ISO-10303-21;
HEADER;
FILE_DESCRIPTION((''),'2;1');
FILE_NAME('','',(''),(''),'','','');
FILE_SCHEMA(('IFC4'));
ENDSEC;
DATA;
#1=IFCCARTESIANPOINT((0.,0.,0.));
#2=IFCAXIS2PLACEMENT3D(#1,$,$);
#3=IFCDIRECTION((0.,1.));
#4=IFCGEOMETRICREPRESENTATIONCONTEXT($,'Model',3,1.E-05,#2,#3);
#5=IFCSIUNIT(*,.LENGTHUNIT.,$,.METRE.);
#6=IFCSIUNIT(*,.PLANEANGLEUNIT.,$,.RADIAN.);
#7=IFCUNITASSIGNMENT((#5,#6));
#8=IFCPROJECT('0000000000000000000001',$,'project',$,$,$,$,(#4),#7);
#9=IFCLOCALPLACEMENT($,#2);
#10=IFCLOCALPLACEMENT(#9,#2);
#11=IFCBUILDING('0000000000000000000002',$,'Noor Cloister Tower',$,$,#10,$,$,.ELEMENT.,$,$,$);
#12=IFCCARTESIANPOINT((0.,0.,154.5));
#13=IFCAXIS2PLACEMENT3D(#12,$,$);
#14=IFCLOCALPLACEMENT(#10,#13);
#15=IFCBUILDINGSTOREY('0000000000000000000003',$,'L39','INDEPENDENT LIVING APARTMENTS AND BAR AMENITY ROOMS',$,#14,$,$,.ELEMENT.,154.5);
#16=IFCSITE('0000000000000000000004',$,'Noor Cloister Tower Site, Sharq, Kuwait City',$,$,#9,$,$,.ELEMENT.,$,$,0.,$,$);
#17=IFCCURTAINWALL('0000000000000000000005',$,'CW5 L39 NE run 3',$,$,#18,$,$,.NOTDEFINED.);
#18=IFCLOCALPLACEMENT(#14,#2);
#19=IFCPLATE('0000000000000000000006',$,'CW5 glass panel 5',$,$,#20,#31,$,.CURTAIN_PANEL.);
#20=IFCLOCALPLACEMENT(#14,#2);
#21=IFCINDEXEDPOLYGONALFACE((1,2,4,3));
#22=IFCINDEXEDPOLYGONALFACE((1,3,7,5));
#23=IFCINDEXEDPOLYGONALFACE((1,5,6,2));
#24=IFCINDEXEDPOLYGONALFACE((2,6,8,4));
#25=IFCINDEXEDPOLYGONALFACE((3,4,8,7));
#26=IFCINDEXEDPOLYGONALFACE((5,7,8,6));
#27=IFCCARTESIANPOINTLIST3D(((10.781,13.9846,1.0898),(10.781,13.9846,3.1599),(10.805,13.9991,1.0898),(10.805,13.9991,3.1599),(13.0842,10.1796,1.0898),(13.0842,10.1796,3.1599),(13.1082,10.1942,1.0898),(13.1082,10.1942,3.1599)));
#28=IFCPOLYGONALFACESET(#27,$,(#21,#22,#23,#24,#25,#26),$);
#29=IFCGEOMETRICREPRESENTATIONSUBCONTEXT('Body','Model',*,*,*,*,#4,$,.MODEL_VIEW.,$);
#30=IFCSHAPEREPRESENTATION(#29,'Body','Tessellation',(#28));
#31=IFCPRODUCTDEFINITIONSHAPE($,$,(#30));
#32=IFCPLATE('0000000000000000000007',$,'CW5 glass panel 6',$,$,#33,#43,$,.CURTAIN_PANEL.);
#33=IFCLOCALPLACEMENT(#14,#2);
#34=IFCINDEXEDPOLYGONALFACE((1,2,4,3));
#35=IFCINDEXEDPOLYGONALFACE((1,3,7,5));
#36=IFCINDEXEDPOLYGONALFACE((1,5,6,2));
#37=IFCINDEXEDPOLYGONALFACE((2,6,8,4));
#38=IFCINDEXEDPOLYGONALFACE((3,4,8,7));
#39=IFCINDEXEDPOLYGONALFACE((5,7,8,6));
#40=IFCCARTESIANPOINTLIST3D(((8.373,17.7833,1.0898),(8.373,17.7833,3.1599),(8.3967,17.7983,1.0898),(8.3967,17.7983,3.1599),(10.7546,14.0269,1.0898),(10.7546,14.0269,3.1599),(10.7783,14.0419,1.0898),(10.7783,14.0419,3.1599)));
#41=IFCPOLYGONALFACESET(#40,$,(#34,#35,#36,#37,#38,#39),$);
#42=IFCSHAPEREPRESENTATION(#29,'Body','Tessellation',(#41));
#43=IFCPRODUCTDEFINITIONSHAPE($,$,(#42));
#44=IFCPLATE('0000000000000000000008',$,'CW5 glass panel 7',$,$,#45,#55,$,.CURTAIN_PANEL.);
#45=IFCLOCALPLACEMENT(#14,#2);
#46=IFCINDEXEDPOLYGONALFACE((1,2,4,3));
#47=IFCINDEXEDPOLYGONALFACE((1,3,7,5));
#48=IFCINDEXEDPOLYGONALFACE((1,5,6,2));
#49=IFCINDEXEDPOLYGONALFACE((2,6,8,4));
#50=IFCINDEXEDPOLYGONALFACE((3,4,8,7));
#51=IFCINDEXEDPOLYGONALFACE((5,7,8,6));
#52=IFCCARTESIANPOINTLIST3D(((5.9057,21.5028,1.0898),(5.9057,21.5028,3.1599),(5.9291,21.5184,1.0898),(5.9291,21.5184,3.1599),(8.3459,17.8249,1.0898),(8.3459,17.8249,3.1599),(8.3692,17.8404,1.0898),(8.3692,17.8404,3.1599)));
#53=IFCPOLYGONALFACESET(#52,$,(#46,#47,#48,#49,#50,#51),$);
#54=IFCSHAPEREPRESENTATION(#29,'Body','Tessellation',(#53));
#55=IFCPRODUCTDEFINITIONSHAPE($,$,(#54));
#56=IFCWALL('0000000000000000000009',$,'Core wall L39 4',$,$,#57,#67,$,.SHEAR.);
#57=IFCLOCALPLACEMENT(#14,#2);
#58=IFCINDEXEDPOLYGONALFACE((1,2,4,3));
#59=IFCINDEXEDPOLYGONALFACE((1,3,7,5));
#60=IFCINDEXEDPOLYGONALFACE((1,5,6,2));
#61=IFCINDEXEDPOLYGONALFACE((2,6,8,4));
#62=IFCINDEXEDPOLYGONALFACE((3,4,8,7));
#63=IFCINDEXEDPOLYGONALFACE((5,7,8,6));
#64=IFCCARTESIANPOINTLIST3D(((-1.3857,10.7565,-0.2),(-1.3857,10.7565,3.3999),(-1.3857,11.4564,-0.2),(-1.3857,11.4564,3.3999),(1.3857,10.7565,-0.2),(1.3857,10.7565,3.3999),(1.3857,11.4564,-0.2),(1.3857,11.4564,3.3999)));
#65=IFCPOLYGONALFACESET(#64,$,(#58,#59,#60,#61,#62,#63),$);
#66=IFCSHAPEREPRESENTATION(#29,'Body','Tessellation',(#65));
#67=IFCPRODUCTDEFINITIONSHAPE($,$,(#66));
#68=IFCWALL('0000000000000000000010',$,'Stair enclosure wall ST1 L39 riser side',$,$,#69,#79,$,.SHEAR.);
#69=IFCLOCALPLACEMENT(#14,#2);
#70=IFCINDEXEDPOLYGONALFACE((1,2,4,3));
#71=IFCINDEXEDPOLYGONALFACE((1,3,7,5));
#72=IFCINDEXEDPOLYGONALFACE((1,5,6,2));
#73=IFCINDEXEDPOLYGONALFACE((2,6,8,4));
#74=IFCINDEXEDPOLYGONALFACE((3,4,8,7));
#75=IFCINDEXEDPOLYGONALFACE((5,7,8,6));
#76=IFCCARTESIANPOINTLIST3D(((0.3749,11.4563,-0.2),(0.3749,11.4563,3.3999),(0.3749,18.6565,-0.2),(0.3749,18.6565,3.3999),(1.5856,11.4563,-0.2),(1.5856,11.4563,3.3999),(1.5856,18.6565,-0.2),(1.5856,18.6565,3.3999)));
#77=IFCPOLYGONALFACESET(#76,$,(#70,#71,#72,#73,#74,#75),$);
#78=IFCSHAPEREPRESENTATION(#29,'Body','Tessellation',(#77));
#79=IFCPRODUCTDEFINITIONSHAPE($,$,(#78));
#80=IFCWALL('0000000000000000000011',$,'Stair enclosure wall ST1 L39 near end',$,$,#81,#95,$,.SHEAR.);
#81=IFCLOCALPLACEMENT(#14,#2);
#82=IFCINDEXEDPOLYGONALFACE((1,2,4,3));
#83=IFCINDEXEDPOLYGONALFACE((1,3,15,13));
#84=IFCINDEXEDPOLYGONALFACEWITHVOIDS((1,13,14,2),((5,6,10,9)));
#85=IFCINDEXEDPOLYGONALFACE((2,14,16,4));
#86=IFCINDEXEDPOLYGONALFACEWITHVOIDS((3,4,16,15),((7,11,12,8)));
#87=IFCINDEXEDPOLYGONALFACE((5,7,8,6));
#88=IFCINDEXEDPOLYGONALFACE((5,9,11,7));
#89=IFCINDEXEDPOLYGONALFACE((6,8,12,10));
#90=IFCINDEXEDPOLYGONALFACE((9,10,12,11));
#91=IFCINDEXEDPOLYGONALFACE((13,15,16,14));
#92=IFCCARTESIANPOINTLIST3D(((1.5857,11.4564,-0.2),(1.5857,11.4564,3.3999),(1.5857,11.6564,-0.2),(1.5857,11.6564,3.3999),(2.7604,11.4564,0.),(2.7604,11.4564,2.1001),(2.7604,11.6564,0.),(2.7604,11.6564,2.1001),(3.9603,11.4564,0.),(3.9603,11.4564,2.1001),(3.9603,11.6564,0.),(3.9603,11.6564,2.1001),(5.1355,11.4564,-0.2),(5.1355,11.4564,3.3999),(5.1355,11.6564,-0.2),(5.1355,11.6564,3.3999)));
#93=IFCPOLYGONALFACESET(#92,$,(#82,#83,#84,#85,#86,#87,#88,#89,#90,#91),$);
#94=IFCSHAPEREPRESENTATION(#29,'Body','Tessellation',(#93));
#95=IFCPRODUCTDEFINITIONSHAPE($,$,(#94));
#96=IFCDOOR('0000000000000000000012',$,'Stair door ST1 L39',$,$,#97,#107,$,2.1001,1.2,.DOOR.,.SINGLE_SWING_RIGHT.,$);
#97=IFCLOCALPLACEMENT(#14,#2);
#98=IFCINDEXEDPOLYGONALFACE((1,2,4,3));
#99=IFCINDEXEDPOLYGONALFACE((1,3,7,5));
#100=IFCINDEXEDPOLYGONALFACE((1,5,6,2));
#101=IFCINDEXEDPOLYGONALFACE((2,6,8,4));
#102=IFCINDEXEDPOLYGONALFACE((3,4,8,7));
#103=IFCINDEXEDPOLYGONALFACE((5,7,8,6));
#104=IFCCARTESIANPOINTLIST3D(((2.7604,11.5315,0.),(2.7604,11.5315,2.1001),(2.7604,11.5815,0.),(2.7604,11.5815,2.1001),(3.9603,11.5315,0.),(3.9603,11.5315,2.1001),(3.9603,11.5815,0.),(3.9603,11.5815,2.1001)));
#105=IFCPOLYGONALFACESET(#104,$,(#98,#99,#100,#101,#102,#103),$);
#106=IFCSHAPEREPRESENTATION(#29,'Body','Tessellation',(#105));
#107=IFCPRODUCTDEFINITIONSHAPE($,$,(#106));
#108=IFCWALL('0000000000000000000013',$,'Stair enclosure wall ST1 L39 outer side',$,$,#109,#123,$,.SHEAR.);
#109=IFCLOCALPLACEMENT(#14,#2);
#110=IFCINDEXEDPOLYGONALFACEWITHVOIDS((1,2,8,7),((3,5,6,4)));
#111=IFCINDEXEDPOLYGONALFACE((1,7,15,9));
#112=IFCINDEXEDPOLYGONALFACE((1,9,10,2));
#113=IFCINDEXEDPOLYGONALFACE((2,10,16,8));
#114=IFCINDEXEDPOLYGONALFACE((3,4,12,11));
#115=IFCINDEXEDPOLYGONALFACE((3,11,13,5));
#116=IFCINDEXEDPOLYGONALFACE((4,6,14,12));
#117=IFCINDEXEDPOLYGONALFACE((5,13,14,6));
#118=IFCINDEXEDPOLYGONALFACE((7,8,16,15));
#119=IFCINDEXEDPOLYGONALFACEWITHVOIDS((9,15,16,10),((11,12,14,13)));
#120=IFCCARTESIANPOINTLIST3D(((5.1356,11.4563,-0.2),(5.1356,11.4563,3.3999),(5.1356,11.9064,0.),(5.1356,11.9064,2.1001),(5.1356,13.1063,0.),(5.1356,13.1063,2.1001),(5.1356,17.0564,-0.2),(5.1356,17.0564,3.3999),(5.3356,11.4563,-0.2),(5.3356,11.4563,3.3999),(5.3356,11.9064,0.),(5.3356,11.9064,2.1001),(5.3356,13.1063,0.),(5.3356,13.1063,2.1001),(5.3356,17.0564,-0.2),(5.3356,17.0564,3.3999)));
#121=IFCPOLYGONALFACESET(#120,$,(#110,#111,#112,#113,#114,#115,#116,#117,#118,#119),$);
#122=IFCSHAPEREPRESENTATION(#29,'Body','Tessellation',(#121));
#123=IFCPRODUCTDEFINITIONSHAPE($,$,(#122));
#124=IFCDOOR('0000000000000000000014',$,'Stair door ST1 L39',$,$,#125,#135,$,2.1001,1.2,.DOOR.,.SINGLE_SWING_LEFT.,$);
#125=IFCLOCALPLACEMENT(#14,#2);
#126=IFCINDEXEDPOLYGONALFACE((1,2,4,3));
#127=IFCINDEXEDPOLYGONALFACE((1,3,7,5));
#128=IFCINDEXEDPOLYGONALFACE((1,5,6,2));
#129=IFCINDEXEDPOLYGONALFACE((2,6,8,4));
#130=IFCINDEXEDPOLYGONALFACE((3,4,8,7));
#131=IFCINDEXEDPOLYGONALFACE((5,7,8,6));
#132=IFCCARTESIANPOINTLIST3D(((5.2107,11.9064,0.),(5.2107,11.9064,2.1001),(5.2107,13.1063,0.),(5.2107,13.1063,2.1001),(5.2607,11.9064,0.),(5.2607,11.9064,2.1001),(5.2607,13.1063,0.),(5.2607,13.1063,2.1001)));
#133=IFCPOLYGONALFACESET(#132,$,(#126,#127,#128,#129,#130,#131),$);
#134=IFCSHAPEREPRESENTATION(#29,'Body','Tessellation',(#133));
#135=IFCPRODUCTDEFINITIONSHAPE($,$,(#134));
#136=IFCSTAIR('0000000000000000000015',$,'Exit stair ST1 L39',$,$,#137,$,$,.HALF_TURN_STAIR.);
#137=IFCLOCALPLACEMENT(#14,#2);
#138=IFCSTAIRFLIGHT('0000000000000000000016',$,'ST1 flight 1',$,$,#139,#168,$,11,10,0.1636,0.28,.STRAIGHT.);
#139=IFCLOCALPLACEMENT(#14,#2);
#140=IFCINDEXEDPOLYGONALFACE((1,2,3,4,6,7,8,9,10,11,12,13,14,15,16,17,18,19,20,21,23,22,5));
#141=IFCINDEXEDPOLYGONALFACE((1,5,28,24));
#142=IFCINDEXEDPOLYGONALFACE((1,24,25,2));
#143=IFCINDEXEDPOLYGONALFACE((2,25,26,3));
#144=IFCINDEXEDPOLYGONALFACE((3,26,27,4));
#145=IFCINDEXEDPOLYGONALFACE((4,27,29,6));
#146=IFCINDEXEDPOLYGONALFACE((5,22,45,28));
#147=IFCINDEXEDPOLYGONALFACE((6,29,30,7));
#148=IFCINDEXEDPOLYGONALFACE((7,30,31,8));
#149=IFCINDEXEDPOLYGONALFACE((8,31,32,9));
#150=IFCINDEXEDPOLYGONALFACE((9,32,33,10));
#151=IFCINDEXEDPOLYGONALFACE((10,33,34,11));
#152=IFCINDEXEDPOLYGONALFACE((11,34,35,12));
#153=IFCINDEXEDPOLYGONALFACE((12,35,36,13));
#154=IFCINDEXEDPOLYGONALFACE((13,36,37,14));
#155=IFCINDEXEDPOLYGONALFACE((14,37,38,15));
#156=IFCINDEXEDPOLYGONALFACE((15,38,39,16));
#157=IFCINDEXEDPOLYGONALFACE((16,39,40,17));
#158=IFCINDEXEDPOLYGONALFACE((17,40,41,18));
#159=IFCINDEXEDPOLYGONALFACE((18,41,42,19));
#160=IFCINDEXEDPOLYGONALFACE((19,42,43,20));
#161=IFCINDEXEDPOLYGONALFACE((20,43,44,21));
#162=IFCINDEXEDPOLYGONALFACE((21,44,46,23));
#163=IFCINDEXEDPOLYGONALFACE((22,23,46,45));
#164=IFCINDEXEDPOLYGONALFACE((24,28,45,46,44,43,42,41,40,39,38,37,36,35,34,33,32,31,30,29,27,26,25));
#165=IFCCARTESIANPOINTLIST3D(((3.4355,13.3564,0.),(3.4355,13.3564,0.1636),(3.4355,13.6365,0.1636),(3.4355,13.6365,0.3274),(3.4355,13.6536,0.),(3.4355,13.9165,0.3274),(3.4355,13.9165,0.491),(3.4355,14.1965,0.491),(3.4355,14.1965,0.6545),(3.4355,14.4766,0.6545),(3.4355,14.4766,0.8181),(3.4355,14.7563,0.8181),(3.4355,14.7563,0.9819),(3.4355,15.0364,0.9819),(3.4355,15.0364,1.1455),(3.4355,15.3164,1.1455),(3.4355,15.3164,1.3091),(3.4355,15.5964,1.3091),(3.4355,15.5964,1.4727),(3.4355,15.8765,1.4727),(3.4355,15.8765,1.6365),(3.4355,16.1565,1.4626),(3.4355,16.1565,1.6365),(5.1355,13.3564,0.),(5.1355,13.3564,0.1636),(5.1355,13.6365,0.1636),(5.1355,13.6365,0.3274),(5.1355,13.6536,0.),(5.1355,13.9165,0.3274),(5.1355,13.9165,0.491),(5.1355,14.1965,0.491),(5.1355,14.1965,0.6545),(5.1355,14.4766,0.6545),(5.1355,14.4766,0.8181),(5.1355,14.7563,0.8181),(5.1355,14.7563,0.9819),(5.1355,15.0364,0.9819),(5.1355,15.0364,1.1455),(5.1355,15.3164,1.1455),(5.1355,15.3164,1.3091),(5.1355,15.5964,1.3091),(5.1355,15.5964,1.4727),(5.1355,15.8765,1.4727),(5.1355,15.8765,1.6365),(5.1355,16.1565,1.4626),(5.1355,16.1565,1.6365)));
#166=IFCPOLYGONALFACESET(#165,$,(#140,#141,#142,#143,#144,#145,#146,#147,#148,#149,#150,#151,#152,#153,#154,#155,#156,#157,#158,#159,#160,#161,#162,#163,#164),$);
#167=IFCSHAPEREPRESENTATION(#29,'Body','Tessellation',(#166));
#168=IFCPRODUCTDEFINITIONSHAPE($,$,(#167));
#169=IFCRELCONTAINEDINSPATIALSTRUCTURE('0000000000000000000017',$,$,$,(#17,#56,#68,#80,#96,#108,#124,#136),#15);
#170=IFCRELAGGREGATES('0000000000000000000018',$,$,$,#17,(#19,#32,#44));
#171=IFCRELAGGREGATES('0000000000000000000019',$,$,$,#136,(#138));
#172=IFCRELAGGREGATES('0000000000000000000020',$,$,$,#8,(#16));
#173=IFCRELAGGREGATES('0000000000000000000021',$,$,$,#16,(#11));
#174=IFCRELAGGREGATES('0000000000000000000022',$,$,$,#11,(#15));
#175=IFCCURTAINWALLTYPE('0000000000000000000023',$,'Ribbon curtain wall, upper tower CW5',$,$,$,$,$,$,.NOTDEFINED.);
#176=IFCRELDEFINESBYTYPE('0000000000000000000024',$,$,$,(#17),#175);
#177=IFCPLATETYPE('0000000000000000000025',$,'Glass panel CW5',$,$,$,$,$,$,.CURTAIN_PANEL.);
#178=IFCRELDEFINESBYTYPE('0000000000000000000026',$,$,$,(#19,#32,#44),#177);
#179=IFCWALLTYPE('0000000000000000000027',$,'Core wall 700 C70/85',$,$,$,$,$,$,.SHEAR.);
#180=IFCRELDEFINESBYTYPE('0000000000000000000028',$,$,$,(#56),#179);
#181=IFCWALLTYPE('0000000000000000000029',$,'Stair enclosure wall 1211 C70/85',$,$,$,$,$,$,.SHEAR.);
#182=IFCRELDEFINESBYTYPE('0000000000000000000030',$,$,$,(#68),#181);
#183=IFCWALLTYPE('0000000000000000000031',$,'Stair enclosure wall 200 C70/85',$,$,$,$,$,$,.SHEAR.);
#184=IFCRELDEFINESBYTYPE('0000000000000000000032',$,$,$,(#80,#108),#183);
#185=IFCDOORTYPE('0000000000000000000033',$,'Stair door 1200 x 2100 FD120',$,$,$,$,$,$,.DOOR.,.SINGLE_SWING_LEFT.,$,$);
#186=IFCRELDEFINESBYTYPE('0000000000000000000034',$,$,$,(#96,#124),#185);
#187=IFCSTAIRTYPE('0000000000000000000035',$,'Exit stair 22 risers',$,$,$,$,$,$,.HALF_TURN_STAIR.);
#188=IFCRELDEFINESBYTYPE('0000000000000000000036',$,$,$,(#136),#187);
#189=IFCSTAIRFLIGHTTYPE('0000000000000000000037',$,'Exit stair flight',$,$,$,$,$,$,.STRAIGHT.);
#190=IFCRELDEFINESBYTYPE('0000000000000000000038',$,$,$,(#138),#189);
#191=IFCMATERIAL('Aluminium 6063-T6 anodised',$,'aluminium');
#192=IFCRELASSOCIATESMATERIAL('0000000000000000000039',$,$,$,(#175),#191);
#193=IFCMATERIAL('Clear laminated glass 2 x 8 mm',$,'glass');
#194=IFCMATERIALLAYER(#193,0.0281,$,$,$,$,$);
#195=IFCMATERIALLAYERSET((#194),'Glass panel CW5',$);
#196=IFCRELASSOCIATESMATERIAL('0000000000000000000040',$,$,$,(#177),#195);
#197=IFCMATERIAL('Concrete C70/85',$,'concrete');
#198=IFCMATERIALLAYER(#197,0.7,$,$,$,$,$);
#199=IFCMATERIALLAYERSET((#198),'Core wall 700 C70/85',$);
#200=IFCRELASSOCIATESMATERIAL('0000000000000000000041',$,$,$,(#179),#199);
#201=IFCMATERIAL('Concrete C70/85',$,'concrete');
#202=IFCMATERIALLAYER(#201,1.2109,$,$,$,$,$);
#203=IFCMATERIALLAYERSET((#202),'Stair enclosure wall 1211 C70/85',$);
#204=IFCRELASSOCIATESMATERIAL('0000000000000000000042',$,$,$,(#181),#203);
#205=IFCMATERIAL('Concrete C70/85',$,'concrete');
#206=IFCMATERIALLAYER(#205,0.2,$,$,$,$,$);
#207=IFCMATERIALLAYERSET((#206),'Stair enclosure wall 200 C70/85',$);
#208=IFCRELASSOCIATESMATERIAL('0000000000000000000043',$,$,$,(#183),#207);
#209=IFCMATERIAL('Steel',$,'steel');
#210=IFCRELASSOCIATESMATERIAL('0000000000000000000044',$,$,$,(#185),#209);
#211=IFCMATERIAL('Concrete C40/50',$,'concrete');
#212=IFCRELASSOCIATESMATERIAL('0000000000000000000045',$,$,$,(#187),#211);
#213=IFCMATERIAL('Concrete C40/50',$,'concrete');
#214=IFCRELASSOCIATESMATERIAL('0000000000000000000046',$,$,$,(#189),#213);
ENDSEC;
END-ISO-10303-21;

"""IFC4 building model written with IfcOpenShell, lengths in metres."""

from ifc_helpers import new_model, si_unit, direction, frame, frame_2d, origin, origin_2d, place, context, subcontext, project, spatial, polyline, rectangle, outline, extrude, material, layer, layer_set, type_object, element, fill, aggregate, save


model = new_model("IFC4")

# Units and contexts
model_context = context("Model", 3, precision=1e-05, world=origin(), true_north=direction((0.0, 1.0)))
body_context = subcontext(model_context, "Body", "Model", "MODEL_VIEW")
ifc_project = project(units=[si_unit("LENGTHUNIT", "METRE"), si_unit("PLANEANGLEUNIT", "RADIAN")], contexts=[model_context])

# Site, building, storey
site_placement = place(None, origin())
site = spatial("IfcSite", under=ifc_project, at=site_placement, Name="Noor Cloister Tower Site, Sharq, Kuwait City", CompositionType="ELEMENT", RefElevation=0.0)
building_placement = place(site_placement, origin())
building = spatial("IfcBuilding", under=site, at=building_placement, Name="Noor Cloister Tower", CompositionType="ELEMENT")
storey_placement = place(building_placement, frame((0.0, 0.0, 154.5)))
storey = spatial("IfcBuildingStorey", under=building, at=storey_placement, Name="L39", Description="INDEPENDENT LIVING APARTMENTS AND BAR AMENITY ROOMS", CompositionType="ELEMENT", Elevation=154.5)

# Curtain wall
ifc_material_1 = material(Name="Aluminium 6063-T6 anodised", Category="aluminium")
curtain_wall_type = type_object("IfcCurtainWallType", Name="Ribbon curtain wall, upper tower CW5", PredefinedType="NOTDEFINED", material=ifc_material_1)
curtain_wall_placement = place(storey_placement, origin())
curtain_wall = element("IfcCurtainWall", 1, at=curtain_wall_placement, inside=storey, type_object=curtain_wall_type, Name="CW5 L39 NE run 3", PredefinedType="NOTDEFINED")

# Plates
ifc_material_2 = material(Name="Clear laminated glass 2 x 8 mm", Category="glass")
ifc_layer_1 = layer(ifc_material_2, 0.0281)
ifc_layer_set_1 = layer_set([ifc_layer_1], Name="Glass panel CW5")
plate_type = type_object("IfcPlateType", Name="Glass panel CW5", PredefinedType="CURTAIN_PANEL", material=ifc_layer_set_1)
plate_1_placement = place(storey_placement, frame((11.9446, 12.0894, 1.0898), z_axis=(0.0, 0.0, 1.0), x_axis=(-0.517843, 0.855476, 0.0)))
plate_1 = element("IfcPlate", 2, at=plate_1_placement, type_object=plate_type, Name="CW5 glass panel 5", PredefinedType="CURTAIN_PANEL", context=body_context, shape_type="SweptSolid", body=[
    extrude(rectangle(XDim=4.4478, YDim=0.0281, at=origin_2d()), origin(), (0.0, 0.0, 1.0), 2.0701),
])
plate_2_placement = place(storey_placement, frame((9.5757, 15.9126, 1.0898), z_axis=(0.0, 0.0, 1.0), x_axis=(-0.535463, 0.844559, 0.0)))
plate_2 = element("IfcPlate", 3, at=plate_2_placement, type_object=plate_type, Name="CW5 glass panel 6", PredefinedType="CURTAIN_PANEL", context=body_context, shape_type="SweptSolid", body=[
    extrude(rectangle(XDim=4.4478, YDim=0.0281, at=origin_2d()), origin(), (0.0, 0.0, 1.0), 2.0701),
])
plate_3_placement = place(storey_placement, frame((7.1375, 19.6716, 1.0898), z_axis=(0.0, 0.0, 1.0), x_axis=(-0.552854, 0.833278, 0.0)))
plate_3 = element("IfcPlate", 4, at=plate_3_placement, type_object=plate_type, Name="CW5 glass panel 7", PredefinedType="CURTAIN_PANEL", context=body_context, shape_type="SweptSolid", body=[
    extrude(rectangle(XDim=4.4138, YDim=0.0281, at=origin_2d()), origin(), (0.0, 0.0, 1.0), 2.0701),
])
aggregate(curtain_wall, [plate_1, plate_2, plate_3])

# Walls
ifc_material_3 = material(Name="Concrete C70/85", Category="concrete")
ifc_layer_2 = layer(ifc_material_3, 0.7)
ifc_layer_set_2 = layer_set([ifc_layer_2], Name="Core wall 700 C70/85")
wall_type_1 = type_object("IfcWallType", Name="Core wall 700 C70/85", PredefinedType="SHEAR", material=ifc_layer_set_2)
wall_1_placement = place(storey_placement, frame((1.3857, 11.1064, -0.2), z_axis=(0.0, 0.0, 1.0), x_axis=(-1.0, 0.0, 0.0)))
element("IfcWall", 5, at=wall_1_placement, inside=storey, type_object=wall_type_1, Name="Core wall L39 4", PredefinedType="SHEAR", context=body_context, shape_type="SweptSolid", body=[
    extrude(rectangle(XDim=2.7715, YDim=0.7, at=frame_2d((1.3857, 0.0))), origin(), (0.0, 0.0, 1.0), 3.5999),
])
ifc_material_4 = material(Name="Concrete C70/85", Category="concrete")
ifc_layer_3 = layer(ifc_material_4, 1.2109)
ifc_layer_set_3 = layer_set([ifc_layer_3], Name="Stair enclosure wall 1211 C70/85")
wall_type_2 = type_object("IfcWallType", Name="Stair enclosure wall 1211 C70/85", PredefinedType="SHEAR", material=ifc_layer_set_3)
wall_2_placement = place(storey_placement, frame((0.9802, 11.4563, -0.2), z_axis=(0.0, 0.0, 1.0), x_axis=(0.0, 1.0, 0.0)))
element("IfcWall", 6, at=wall_2_placement, inside=storey, type_object=wall_type_2, Name="Stair enclosure wall ST1 L39 riser side", PredefinedType="SHEAR", context=body_context, shape_type="SweptSolid", body=[
    extrude(rectangle(XDim=7.2002, YDim=1.2107, at=frame_2d((3.6001, 0.0))), origin(), (0.0, 0.0, 1.0), 3.5999),
])

# Walls, openings, doors
ifc_material_5 = material(Name="Concrete C70/85", Category="concrete")
ifc_layer_4 = layer(ifc_material_5, 0.2)
ifc_layer_set_4 = layer_set([ifc_layer_4], Name="Stair enclosure wall 200 C70/85")
wall_type_3 = type_object("IfcWallType", Name="Stair enclosure wall 200 C70/85", PredefinedType="SHEAR", material=ifc_layer_set_4)
wall_3_placement = place(storey_placement, frame((5.1355, 11.5564, -0.2), z_axis=(0.0, 0.0, 1.0), x_axis=(-1.0, 0.0, 0.0)))
wall_3 = element("IfcWall", 7, at=wall_3_placement, inside=storey, type_object=wall_type_3, Name="Stair enclosure wall ST1 L39 near end", PredefinedType="SHEAR", context=body_context, shape_type="SweptSolid", body=[
    extrude(rectangle(XDim=3.5498, YDim=0.2, at=frame_2d((1.7749, 0.0))), origin(), (0.0, 0.0, 1.0), 3.5999),
])
opening_1_placement = place(wall_3_placement, frame((1.175, 0.0, 0.2)))
opening_1 = element("IfcOpeningElement", 8, at=opening_1_placement, cuts=wall_3, PredefinedType="OPENING", context=body_context, shape_type="SweptSolid", body=[
    extrude(rectangle(XDim=1.2, YDim=2.1001, at=frame_2d((0.6001, 1.05))), frame((0.0, 0.1099, 0.0), z_axis=(0.0, -1.0, 0.0), x_axis=(1.0, 0.0, 0.0)), (0.0, 0.0, 1.0), 0.22),
])
ifc_material_6 = material(Name="Steel", Category="steel")
door_type = type_object("IfcDoorType", Name="Stair door 1200 x 2100 FD120", OperationType="SINGLE_SWING_LEFT", PredefinedType="DOOR", material=ifc_material_6)
door_1_placement = place(opening_1_placement, origin())
door_1 = element("IfcDoor", 9, at=door_1_placement, inside=storey, type_object=door_type, Name="Stair door ST1 L39", OperationType="SINGLE_SWING_RIGHT", OverallHeight=2.1001, OverallWidth=1.2, PredefinedType="DOOR", context=body_context, shape_type="SweptSolid", body=[
    extrude(rectangle(XDim=1.2, YDim=2.1001, at=frame_2d((0.6001, 1.05))), frame((0.0, 0.0249, 0.0), z_axis=(0.0, -1.0, 0.0), x_axis=(1.0, 0.0, 0.0)), (0.0, 0.0, 1.0), 0.05),
])
fill(opening_1, door_1)
wall_4_placement = place(storey_placement, frame((5.2356, 11.4563, -0.2), z_axis=(0.0, 0.0, 1.0), x_axis=(0.0, 1.0, 0.0)))
wall_4 = element("IfcWall", 10, at=wall_4_placement, inside=storey, type_object=wall_type_3, Name="Stair enclosure wall ST1 L39 outer side", PredefinedType="SHEAR", context=body_context, shape_type="SweptSolid", body=[
    extrude(rectangle(XDim=5.6001, YDim=0.2, at=frame_2d((2.8, 0.0))), origin(), (0.0, 0.0, 1.0), 3.5999),
])
opening_2_placement = place(wall_4_placement, frame((0.45, 0.0, 0.2)))
opening_2 = element("IfcOpeningElement", 11, at=opening_2_placement, cuts=wall_4, PredefinedType="OPENING", context=body_context, shape_type="SweptSolid", body=[
    extrude(rectangle(XDim=1.2, YDim=2.1001, at=frame_2d((0.6001, 1.05))), frame((0.0, 0.1099, 0.0), z_axis=(0.0, -1.0, 0.0), x_axis=(1.0, 0.0, 0.0)), (0.0, 0.0, 1.0), 0.22),
])
door_2_placement = place(opening_2_placement, origin())
door_2 = element("IfcDoor", 12, at=door_2_placement, inside=storey, type_object=door_type, Name="Stair door ST1 L39", OperationType="SINGLE_SWING_LEFT", OverallHeight=2.1001, OverallWidth=1.2, PredefinedType="DOOR", context=body_context, shape_type="SweptSolid", body=[
    extrude(rectangle(XDim=1.2, YDim=2.1001, at=frame_2d((0.6001, 1.05))), frame((0.0, 0.0249, 0.0), z_axis=(0.0, -1.0, 0.0), x_axis=(1.0, 0.0, 0.0)), (0.0, 0.0, 1.0), 0.05),
])
fill(opening_2, door_2)

# Stair, stair flight
ifc_material_7 = material(Name="Concrete C40/50", Category="concrete")
stair_type = type_object("IfcStairType", Name="Exit stair 22 risers", PredefinedType="HALF_TURN_STAIR", material=ifc_material_7)
stair_placement = place(storey_placement, origin())
stair = element("IfcStair", 13, at=stair_placement, inside=storey, type_object=stair_type, Name="Exit stair ST1 L39", PredefinedType="HALF_TURN_STAIR")
ifc_material_8 = material(Name="Concrete C40/50", Category="concrete")
stair_flight_type = type_object("IfcStairFlightType", Name="Exit stair flight", PredefinedType="STRAIGHT", material=ifc_material_8)
stair_flight_1_placement = place(storey_placement, frame((4.2856, 13.3564, 0.0), z_axis=(0.0, 0.0, 1.0), x_axis=(0.0, 1.0, 0.0)))
stair_flight_1 = element("IfcStairFlight", 14, at=stair_flight_1_placement, type_object=stair_flight_type, Name="ST1 flight 1", NumberOfRisers=11, NumberOfTreads=10, PredefinedType="STRAIGHT", RiserHeight=0.1636, TreadLength=0.28, context=body_context, shape_type="SweptSolid", body=[
    extrude(outline(polyline([(0.0, 0.0), (0.0, 0.1636), (0.28, 0.1636), (0.28, 0.3274), (0.5601, 0.3274), (0.5601, 0.491), (0.8401, 0.491), (0.8401, 0.6545), (1.1201, 0.6545), (1.1201, 0.8181), (1.3999, 0.8181), (1.3999, 0.9819), (1.6799, 0.9819), (1.6799, 1.1455), (1.96, 1.1455), (1.96, 1.3091), (2.24, 1.3091), (2.24, 1.4727), (2.52, 1.4727), (2.52, 1.6365), (2.8, 1.6365), (2.8, 1.8), (2.8, 1.4626), (0.2971, 0.0), (0.0, 0.0)])), frame((0.0, 0.8501, 0.0), z_axis=(0.0, -1.0, 0.0), x_axis=(1.0, 0.0, 0.0)), (0.0, 0.0, 1.0), 1.7),
])
aggregate(stair, [stair_flight_1])

save(model, "model.ifc")
